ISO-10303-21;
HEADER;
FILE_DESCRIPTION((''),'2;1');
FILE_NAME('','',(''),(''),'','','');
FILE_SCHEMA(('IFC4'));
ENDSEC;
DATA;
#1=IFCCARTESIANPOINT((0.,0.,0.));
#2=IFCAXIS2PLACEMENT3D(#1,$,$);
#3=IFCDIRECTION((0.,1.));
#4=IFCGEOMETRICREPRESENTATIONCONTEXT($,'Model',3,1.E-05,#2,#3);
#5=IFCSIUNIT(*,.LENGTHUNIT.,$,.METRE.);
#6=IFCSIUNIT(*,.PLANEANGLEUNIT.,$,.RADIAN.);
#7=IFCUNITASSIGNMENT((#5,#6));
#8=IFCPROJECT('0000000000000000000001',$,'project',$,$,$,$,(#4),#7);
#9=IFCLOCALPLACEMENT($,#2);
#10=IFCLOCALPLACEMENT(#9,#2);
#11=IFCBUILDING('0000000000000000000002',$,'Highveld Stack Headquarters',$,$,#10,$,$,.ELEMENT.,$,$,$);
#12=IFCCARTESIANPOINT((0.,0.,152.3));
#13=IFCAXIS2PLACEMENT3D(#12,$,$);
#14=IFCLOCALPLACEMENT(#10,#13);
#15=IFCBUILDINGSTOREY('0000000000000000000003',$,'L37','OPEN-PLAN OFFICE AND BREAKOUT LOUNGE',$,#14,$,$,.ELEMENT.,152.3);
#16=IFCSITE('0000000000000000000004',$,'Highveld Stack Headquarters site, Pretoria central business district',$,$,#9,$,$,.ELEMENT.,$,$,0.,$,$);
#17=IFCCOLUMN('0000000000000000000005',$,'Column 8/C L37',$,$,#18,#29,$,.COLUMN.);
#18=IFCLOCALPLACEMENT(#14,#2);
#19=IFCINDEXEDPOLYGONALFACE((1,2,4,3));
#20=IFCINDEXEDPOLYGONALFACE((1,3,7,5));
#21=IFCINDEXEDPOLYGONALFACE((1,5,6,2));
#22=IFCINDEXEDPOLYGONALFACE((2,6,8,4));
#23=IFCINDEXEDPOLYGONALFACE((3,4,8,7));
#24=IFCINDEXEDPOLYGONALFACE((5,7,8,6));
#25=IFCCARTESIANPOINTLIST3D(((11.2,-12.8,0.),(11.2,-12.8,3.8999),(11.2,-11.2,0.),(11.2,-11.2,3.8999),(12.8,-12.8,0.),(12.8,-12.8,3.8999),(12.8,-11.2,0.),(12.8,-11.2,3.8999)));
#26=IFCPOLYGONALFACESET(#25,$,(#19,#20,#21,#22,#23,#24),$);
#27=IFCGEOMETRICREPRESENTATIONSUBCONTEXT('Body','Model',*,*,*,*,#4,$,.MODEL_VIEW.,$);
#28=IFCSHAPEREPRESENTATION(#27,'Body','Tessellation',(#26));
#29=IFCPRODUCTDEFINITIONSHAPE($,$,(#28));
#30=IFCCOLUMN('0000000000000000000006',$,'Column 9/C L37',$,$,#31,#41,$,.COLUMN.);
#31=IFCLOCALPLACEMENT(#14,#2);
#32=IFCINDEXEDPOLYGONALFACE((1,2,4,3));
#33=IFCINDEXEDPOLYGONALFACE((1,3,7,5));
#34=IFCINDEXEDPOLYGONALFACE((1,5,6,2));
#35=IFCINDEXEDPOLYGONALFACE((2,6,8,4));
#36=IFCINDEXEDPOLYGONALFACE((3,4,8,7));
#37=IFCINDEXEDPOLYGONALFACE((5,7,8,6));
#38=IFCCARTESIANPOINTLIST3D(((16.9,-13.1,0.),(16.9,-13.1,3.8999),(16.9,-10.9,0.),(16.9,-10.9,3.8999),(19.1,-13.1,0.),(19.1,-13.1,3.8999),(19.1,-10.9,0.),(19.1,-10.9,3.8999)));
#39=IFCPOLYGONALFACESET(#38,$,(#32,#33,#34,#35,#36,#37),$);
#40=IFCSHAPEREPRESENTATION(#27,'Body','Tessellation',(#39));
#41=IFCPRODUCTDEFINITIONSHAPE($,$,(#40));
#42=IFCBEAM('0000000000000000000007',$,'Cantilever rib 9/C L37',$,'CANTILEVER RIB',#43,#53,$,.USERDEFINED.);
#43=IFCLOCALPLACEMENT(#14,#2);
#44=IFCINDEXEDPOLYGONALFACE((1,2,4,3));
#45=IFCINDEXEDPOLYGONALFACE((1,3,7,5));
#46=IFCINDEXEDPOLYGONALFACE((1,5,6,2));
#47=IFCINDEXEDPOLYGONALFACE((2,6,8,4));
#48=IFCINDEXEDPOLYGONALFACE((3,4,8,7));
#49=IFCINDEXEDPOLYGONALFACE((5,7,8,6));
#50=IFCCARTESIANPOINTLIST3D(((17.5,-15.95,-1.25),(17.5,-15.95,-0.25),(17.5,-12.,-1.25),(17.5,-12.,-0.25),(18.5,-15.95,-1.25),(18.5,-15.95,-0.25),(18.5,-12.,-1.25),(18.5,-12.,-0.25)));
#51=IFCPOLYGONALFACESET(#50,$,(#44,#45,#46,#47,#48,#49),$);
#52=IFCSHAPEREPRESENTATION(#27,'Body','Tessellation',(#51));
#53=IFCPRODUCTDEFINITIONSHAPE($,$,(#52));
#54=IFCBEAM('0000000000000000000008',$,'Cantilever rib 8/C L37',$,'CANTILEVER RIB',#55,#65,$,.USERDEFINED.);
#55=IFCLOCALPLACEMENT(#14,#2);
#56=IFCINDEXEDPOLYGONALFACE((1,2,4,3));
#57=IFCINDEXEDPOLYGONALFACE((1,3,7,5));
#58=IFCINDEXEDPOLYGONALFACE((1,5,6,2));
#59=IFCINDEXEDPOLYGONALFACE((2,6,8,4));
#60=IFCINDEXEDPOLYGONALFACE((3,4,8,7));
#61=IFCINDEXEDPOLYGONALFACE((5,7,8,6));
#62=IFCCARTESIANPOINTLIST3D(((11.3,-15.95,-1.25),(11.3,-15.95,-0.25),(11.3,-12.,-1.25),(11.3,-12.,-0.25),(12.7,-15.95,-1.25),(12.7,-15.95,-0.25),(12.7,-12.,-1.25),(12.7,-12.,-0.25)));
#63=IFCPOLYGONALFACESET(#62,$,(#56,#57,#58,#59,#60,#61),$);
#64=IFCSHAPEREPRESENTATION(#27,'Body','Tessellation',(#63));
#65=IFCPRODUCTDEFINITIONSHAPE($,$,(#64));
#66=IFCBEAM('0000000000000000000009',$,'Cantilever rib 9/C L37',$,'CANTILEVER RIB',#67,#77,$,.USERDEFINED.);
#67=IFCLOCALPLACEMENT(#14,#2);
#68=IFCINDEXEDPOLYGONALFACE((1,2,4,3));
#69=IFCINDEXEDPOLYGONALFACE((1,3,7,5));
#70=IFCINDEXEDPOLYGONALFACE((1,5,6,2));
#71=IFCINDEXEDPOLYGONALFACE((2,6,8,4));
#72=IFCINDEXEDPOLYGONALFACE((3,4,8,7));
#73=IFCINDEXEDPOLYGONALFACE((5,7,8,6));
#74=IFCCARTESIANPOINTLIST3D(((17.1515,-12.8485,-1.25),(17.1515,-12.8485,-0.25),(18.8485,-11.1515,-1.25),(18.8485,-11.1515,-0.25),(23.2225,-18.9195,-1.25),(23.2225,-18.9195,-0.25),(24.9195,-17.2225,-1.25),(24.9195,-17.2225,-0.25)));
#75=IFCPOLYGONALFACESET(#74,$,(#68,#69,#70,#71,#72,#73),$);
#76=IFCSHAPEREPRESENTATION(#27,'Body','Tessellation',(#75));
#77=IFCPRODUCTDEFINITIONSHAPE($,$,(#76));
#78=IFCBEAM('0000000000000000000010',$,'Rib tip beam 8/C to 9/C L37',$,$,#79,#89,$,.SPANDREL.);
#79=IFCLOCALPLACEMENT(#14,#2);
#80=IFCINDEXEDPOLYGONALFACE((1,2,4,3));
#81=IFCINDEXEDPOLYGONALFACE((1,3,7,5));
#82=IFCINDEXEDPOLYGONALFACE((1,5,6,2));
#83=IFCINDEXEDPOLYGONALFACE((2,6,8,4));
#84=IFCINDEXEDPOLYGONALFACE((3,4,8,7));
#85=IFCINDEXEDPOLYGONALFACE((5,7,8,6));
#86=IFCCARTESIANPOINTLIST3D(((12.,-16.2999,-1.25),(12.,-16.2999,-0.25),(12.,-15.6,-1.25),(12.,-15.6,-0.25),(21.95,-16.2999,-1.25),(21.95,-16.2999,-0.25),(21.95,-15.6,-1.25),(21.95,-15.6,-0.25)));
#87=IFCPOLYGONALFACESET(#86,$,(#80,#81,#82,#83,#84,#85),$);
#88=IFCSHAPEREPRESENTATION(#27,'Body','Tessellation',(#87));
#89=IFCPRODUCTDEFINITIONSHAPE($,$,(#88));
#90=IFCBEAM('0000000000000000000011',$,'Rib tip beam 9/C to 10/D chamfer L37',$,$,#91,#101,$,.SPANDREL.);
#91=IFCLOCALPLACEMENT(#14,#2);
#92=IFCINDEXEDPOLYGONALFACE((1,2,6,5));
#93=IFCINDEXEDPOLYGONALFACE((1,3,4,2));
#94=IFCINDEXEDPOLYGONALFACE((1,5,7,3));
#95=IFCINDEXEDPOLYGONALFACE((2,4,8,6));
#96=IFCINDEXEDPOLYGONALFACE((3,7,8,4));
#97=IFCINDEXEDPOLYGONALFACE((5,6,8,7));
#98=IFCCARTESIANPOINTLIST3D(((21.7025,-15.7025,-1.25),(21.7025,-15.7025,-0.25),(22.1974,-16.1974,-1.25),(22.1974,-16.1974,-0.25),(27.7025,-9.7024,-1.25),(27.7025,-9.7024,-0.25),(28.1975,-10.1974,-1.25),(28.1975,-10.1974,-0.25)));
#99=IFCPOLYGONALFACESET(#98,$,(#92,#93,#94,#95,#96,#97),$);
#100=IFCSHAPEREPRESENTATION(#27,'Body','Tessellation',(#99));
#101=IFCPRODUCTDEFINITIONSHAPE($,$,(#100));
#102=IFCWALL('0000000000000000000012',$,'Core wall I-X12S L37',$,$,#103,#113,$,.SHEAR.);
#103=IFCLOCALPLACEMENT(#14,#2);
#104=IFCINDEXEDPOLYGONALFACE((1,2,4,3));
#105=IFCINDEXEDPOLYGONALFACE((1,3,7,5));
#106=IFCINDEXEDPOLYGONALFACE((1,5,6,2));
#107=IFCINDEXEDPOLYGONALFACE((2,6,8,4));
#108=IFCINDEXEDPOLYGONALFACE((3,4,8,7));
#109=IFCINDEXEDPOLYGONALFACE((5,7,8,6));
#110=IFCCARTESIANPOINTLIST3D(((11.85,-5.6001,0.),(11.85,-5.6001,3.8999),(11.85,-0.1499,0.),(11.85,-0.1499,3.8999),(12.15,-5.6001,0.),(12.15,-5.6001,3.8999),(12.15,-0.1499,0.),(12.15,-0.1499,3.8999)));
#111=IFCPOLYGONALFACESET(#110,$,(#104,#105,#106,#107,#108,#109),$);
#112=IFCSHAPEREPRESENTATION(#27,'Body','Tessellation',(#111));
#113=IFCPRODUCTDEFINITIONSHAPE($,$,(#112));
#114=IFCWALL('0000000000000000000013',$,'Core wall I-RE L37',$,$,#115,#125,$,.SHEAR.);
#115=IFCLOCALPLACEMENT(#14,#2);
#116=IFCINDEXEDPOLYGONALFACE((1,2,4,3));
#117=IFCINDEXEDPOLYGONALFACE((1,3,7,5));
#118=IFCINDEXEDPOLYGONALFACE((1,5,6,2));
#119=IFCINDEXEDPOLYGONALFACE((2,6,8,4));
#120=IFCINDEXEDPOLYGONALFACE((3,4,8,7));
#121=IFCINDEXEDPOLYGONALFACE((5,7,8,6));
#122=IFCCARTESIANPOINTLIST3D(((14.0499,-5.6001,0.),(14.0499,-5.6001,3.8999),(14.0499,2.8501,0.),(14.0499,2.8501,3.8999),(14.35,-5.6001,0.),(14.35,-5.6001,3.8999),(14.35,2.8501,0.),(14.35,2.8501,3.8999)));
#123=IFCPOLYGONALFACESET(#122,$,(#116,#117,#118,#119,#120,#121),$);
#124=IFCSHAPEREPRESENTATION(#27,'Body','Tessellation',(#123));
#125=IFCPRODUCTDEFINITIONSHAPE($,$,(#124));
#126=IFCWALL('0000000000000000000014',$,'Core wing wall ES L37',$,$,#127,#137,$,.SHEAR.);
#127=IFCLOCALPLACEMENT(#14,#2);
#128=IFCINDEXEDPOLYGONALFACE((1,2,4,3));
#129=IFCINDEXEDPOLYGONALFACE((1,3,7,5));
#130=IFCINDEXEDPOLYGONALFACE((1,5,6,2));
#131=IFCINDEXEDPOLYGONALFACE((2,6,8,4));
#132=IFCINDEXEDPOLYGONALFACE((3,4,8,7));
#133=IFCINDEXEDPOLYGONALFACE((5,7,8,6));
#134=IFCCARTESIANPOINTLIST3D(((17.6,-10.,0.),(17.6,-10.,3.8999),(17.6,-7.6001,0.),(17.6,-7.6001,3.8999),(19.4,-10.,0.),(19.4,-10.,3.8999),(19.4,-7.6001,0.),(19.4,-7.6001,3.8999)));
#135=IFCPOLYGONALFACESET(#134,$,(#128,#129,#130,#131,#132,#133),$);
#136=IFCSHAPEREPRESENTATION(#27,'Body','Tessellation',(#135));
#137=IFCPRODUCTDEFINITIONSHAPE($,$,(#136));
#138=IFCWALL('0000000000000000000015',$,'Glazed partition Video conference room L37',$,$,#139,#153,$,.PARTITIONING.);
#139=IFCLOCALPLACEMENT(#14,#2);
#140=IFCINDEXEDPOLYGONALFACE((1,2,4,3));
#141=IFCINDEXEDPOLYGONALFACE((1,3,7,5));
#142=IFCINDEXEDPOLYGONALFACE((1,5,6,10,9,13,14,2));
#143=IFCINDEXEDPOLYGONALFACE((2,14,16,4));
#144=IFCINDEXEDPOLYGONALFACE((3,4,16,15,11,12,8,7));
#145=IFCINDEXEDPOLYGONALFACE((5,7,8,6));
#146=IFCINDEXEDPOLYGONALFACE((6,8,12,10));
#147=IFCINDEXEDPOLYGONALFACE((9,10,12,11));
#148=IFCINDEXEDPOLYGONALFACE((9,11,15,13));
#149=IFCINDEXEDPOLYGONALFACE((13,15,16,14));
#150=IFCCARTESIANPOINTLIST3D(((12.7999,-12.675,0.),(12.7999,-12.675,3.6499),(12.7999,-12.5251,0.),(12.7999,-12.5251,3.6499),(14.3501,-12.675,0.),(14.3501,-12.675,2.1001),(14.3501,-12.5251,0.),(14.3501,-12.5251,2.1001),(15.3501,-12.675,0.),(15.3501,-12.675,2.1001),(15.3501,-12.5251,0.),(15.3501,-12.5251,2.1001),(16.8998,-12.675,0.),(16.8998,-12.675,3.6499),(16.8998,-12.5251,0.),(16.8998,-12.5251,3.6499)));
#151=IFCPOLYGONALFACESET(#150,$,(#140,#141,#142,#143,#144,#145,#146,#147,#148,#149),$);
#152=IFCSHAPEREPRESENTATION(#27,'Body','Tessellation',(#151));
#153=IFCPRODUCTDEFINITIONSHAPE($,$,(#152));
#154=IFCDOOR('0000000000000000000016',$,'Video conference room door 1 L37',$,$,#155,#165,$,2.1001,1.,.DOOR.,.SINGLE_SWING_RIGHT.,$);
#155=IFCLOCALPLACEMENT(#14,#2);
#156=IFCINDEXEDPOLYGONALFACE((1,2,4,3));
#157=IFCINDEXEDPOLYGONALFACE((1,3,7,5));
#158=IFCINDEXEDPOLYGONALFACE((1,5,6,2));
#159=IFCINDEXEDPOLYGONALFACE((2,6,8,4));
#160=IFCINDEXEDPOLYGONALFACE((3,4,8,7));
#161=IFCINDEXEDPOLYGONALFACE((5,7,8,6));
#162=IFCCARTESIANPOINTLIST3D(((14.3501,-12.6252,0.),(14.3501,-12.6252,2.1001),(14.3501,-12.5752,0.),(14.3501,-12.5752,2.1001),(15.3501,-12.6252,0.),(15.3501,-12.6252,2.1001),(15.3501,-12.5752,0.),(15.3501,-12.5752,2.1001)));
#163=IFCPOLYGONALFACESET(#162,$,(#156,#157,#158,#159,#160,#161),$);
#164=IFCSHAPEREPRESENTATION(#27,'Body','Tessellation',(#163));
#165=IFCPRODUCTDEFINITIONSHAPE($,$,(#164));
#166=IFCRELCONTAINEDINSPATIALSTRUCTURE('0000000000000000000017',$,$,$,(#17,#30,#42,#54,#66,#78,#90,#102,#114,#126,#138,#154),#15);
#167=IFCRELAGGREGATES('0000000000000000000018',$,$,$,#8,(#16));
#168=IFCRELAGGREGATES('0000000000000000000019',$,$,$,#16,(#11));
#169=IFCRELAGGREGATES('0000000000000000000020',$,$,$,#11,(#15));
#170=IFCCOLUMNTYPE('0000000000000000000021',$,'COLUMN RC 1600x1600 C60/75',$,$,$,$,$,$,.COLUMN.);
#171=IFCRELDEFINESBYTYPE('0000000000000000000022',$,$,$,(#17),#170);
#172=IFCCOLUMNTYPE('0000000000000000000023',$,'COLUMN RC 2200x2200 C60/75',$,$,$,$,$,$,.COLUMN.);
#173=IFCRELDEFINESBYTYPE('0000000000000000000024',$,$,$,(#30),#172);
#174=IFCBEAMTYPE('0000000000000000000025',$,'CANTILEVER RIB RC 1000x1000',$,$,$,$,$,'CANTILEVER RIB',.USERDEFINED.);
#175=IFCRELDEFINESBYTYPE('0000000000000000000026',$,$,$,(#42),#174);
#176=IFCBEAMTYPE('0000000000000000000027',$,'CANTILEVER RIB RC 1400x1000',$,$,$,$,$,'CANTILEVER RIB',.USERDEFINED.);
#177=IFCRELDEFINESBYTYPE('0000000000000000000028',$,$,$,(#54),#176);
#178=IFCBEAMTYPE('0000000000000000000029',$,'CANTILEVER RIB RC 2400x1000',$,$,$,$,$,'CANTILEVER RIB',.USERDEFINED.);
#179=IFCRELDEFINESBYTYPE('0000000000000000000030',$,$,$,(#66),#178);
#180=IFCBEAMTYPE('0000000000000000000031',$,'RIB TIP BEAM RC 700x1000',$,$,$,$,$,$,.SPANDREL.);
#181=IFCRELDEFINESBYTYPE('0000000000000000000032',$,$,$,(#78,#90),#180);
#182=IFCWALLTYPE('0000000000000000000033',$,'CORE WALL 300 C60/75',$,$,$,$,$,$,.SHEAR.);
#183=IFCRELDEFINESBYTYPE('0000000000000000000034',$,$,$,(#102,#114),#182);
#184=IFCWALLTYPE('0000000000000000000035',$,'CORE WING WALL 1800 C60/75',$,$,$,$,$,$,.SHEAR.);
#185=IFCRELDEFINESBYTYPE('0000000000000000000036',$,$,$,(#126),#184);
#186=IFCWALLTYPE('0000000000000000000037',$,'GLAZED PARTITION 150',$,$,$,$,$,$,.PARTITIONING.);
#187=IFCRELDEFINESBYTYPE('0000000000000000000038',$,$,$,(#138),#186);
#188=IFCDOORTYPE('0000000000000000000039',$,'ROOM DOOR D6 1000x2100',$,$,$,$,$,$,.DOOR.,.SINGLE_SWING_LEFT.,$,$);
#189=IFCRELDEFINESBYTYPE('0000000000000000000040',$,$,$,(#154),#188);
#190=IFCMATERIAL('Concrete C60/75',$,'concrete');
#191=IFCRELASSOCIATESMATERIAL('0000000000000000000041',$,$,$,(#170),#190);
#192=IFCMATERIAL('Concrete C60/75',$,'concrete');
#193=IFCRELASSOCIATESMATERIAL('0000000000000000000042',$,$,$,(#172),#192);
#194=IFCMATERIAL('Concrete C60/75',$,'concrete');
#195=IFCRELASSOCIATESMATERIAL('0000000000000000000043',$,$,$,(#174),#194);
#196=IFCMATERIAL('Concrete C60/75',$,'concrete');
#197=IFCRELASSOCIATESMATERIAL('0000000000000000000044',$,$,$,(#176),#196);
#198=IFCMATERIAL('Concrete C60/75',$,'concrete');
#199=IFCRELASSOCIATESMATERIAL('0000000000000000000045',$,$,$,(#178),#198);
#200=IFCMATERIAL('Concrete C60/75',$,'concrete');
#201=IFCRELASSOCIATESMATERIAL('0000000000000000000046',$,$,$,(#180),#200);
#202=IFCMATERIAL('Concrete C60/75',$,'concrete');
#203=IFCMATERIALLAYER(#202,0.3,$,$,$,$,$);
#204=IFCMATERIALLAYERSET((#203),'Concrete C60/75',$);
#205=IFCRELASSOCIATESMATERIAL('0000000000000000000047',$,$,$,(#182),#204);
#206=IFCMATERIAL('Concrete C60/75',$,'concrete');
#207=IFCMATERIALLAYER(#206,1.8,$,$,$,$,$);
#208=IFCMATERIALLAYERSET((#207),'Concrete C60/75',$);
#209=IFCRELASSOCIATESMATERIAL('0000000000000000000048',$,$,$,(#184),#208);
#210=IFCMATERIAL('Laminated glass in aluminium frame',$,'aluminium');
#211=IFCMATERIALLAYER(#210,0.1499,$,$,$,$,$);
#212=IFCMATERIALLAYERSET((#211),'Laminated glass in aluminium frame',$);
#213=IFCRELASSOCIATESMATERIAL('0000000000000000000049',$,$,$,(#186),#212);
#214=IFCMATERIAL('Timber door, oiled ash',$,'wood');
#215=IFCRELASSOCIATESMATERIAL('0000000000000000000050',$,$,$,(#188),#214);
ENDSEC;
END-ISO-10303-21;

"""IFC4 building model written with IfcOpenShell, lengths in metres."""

from ifc_helpers import new_model, si_unit, direction, frame, frame_2d, origin, origin_2d, place, context, subcontext, project, spatial, rectangle, extrude, material, layer, layer_set, material_profile, profile_set, type_object, element, fill, save


model = new_model("IFC4")

# Units and contexts
model_context = context("Model", 3, precision=1e-05, world=origin(), true_north=direction((0.0, 1.0)))
body_context = subcontext(model_context, "Body", "Model", "MODEL_VIEW")
ifc_project = project(units=[si_unit("LENGTHUNIT", "METRE"), si_unit("PLANEANGLEUNIT", "RADIAN")], contexts=[model_context])

# Site, building, storey
site_placement = place(None, origin())
site = spatial("IfcSite", under=ifc_project, at=site_placement, Name="Highveld Stack Headquarters site, Pretoria central business district", CompositionType="ELEMENT", RefElevation=0.0)
building_placement = place(site_placement, origin())
building = spatial("IfcBuilding", under=site, at=building_placement, Name="Highveld Stack Headquarters", CompositionType="ELEMENT")
storey_placement = place(building_placement, frame((0.0, 0.0, 152.3)))
storey = spatial("IfcBuildingStorey", under=building, at=storey_placement, Name="L37", Description="OPEN-PLAN OFFICE AND BREAKOUT LOUNGE", CompositionType="ELEMENT", Elevation=152.3)

# Columns
ifc_material_1 = material(Name="Concrete C60/75", Category="concrete")
ifc_material_profile_1 = material_profile(ifc_material_1, rectangle(XDim=1.6001, YDim=1.6001, at=origin_2d()), Name="RC 1600x1600")
ifc_profile_set_1 = profile_set([ifc_material_profile_1], Name="Concrete C60/75")
column_type_1 = type_object("IfcColumnType", Name="COLUMN RC 1600x1600 C60/75", PredefinedType="COLUMN", material=ifc_profile_set_1)
column_1_placement = place(storey_placement, frame((12.0, -12.0, 0.0), z_axis=(0.0, 0.0, 1.0), x_axis=(1.0, 0.0, 0.0)))
element("IfcColumn", 1, at=column_1_placement, inside=storey, type_object=column_type_1, Name="Column 8/C L37", PredefinedType="COLUMN", context=body_context, shape_type="SweptSolid", body=[
    extrude(rectangle(XDim=1.6001, YDim=1.6001, at=origin_2d()), origin(), (0.0, 0.0, 1.0), 3.8999),
])
ifc_material_2 = material(Name="Concrete C60/75", Category="concrete")
ifc_material_profile_2 = material_profile(ifc_material_2, rectangle(XDim=2.2, YDim=2.2, at=origin_2d()), Name="RC 2200x2200")
ifc_profile_set_2 = profile_set([ifc_material_profile_2], Name="Concrete C60/75")
column_type_2 = type_object("IfcColumnType", Name="COLUMN RC 2200x2200 C60/75", PredefinedType="COLUMN", material=ifc_profile_set_2)
column_2_placement = place(storey_placement, frame((18.0, -12.0, 0.0), z_axis=(0.0, 0.0, 1.0), x_axis=(1.0, 0.0, 0.0)))
element("IfcColumn", 2, at=column_2_placement, inside=storey, type_object=column_type_2, Name="Column 9/C L37", PredefinedType="COLUMN", context=body_context, shape_type="SweptSolid", body=[
    extrude(rectangle(XDim=2.2, YDim=2.2, at=origin_2d()), origin(), (0.0, 0.0, 1.0), 3.8999),
])

# Beams
ifc_material_3 = material(Name="Concrete C60/75", Category="concrete")
ifc_material_profile_3 = material_profile(ifc_material_3, rectangle(XDim=1.0, YDim=1.0, at=origin_2d()), Name="RC 1000x1000")
ifc_profile_set_3 = profile_set([ifc_material_profile_3], Name="Concrete C60/75")
beam_type_1 = type_object("IfcBeamType", Name="CANTILEVER RIB RC 1000x1000", ElementType="CANTILEVER RIB", PredefinedType="USERDEFINED", material=ifc_profile_set_3)
beam_1_placement = place(storey_placement, frame((18.0, -12.0, -0.75), z_axis=(0.0, -1.0, 0.0), x_axis=(1.0, 0.0, 0.0)))
element("IfcBeam", 3, at=beam_1_placement, inside=storey, type_object=beam_type_1, Name="Cantilever rib 9/C L37", ObjectType="CANTILEVER RIB", PredefinedType="USERDEFINED", context=body_context, shape_type="SweptSolid", body=[
    extrude(rectangle(XDim=1.0, YDim=1.0, at=origin_2d()), origin(), (0.0, 0.0, 1.0), 3.95),
])
ifc_material_4 = material(Name="Concrete C60/75", Category="concrete")
ifc_material_profile_4 = material_profile(ifc_material_4, rectangle(XDim=1.3999, YDim=1.0, at=origin_2d()), Name="RC 1400x1000")
ifc_profile_set_4 = profile_set([ifc_material_profile_4], Name="Concrete C60/75")
beam_type_2 = type_object("IfcBeamType", Name="CANTILEVER RIB RC 1400x1000", ElementType="CANTILEVER RIB", PredefinedType="USERDEFINED", material=ifc_profile_set_4)
beam_2_placement = place(storey_placement, frame((12.0, -12.0, -0.75), z_axis=(0.0, -1.0, 0.0), x_axis=(1.0, 0.0, 0.0)))
element("IfcBeam", 4, at=beam_2_placement, inside=storey, type_object=beam_type_2, Name="Cantilever rib 8/C L37", ObjectType="CANTILEVER RIB", PredefinedType="USERDEFINED", context=body_context, shape_type="SweptSolid", body=[
    extrude(rectangle(XDim=1.3999, YDim=1.0, at=origin_2d()), origin(), (0.0, 0.0, 1.0), 3.95),
])
ifc_material_5 = material(Name="Concrete C60/75", Category="concrete")
ifc_material_profile_5 = material_profile(ifc_material_5, rectangle(XDim=2.3999, YDim=1.0, at=origin_2d()), Name="RC 2400x1000")
ifc_profile_set_5 = profile_set([ifc_material_profile_5], Name="Concrete C60/75")
beam_type_3 = type_object("IfcBeamType", Name="CANTILEVER RIB RC 2400x1000", ElementType="CANTILEVER RIB", PredefinedType="USERDEFINED", material=ifc_profile_set_5)
beam_3_placement = place(storey_placement, frame((18.0, -12.0, -0.75), z_axis=(0.707107, -0.707107, 0.0), x_axis=(0.707107, 0.707107, 0.0)))
element("IfcBeam", 5, at=beam_3_placement, inside=storey, type_object=beam_type_3, Name="Cantilever rib 9/C L37", ObjectType="CANTILEVER RIB", PredefinedType="USERDEFINED", context=body_context, shape_type="SweptSolid", body=[
    extrude(rectangle(XDim=2.3999, YDim=1.0, at=origin_2d()), origin(), (0.0, 0.0, 1.0), 8.5857),
])
ifc_material_6 = material(Name="Concrete C60/75", Category="concrete")
ifc_material_profile_6 = material_profile(ifc_material_6, rectangle(XDim=0.7, YDim=1.0, at=origin_2d()), Name="RC 700x1000")
ifc_profile_set_6 = profile_set([ifc_material_profile_6], Name="Concrete C60/75")
beam_type_4 = type_object("IfcBeamType", Name="RIB TIP BEAM RC 700x1000", PredefinedType="SPANDREL", material=ifc_profile_set_6)
beam_4_placement = place(storey_placement, frame((12.0, -15.95, -0.75), z_axis=(1.0, 0.0, 0.0), x_axis=(0.0, 1.0, 0.0)))
element("IfcBeam", 6, at=beam_4_placement, inside=storey, type_object=beam_type_4, Name="Rib tip beam 8/C to 9/C L37", PredefinedType="SPANDREL", context=body_context, shape_type="SweptSolid", body=[
    extrude(rectangle(XDim=0.7, YDim=1.0, at=origin_2d()), origin(), (0.0, 0.0, 1.0), 9.95),
])
beam_5_placement = place(storey_placement, frame((21.95, -15.95, -0.75), z_axis=(0.707107, 0.707107, 0.0), x_axis=(-0.707107, 0.707107, 0.0)))
element("IfcBeam", 7, at=beam_5_placement, inside=storey, type_object=beam_type_4, Name="Rib tip beam 9/C to 10/D chamfer L37", PredefinedType="SPANDREL", context=body_context, shape_type="SweptSolid", body=[
    extrude(rectangle(XDim=0.7, YDim=1.0, at=origin_2d()), origin(), (0.0, 0.0, 1.0), 8.4854),
])

# Walls
ifc_material_7 = material(Name="Concrete C60/75", Category="concrete")
ifc_layer_1 = layer(ifc_material_7, 0.3)
ifc_layer_set_1 = layer_set([ifc_layer_1], Name="Concrete C60/75")
wall_type_1 = type_object("IfcWallType", Name="CORE WALL 300 C60/75", PredefinedType="SHEAR", material=ifc_layer_set_1)
wall_1_placement = place(storey_placement, frame((12.0, -5.6001, 0.0), z_axis=(0.0, 0.0, 1.0), x_axis=(0.0, 1.0, 0.0)))
element("IfcWall", 8, at=wall_1_placement, inside=storey, type_object=wall_type_1, Name="Core wall I-X12S L37", PredefinedType="SHEAR", context=body_context, shape_type="SweptSolid", body=[
    extrude(rectangle(XDim=5.4502, YDim=0.3, at=frame_2d((2.7251, 0.0))), origin(), (0.0, 0.0, 1.0), 3.8999),
])
wall_2_placement = place(storey_placement, frame((14.2, -5.6001, 0.0), z_axis=(0.0, 0.0, 1.0), x_axis=(0.0, 1.0, 0.0)))
element("IfcWall", 9, at=wall_2_placement, inside=storey, type_object=wall_type_1, Name="Core wall I-RE L37", PredefinedType="SHEAR", context=body_context, shape_type="SweptSolid", body=[
    extrude(rectangle(XDim=8.4502, YDim=0.3, at=frame_2d((4.2251, 0.0))), origin(), (0.0, 0.0, 1.0), 3.8999),
])
ifc_material_8 = material(Name="Concrete C60/75", Category="concrete")
ifc_layer_2 = layer(ifc_material_8, 1.8)
ifc_layer_set_2 = layer_set([ifc_layer_2], Name="Concrete C60/75")
wall_type_2 = type_object("IfcWallType", Name="CORE WING WALL 1800 C60/75", PredefinedType="SHEAR", material=ifc_layer_set_2)
wall_3_placement = place(storey_placement, frame((18.5, -10.0, 0.0), z_axis=(0.0, 0.0, 1.0), x_axis=(0.0, 1.0, 0.0)))
element("IfcWall", 10, at=wall_3_placement, inside=storey, type_object=wall_type_2, Name="Core wing wall ES L37", PredefinedType="SHEAR", context=body_context, shape_type="SweptSolid", body=[
    extrude(rectangle(XDim=2.3999, YDim=1.8, at=frame_2d((1.2, 0.0))), origin(), (0.0, 0.0, 1.0), 3.8999),
])

# Wall, opening, door
ifc_material_9 = material(Name="Laminated glass in aluminium frame", Category="aluminium")
ifc_layer_3 = layer(ifc_material_9, 0.1499)
ifc_layer_set_3 = layer_set([ifc_layer_3], Name="Laminated glass in aluminium frame")
wall_type_3 = type_object("IfcWallType", Name="GLAZED PARTITION 150", PredefinedType="PARTITIONING", material=ifc_layer_set_3)
wall_4_placement = place(storey_placement, frame((12.8, -12.6001, 0.0), z_axis=(0.0, 0.0, 1.0), x_axis=(1.0, 0.0, 0.0)))
wall_4 = element("IfcWall", 11, at=wall_4_placement, inside=storey, type_object=wall_type_3, Name="Glazed partition Video conference room L37", PredefinedType="PARTITIONING", context=body_context, shape_type="SweptSolid", body=[
    extrude(rectangle(XDim=4.0999, YDim=0.1499, at=frame_2d((2.0498, 0.0))), origin(), (0.0, 0.0, 1.0), 3.6499),
])
opening_1_placement = place(wall_4_placement, frame((1.55, 0.0, 0.0)))
opening_1 = element("IfcOpeningElement", 12, at=opening_1_placement, cuts=wall_4, PredefinedType="OPENING", context=body_context, shape_type="SweptSolid", body=[
    extrude(rectangle(XDim=1.0, YDim=2.1001, at=frame_2d((0.5, 1.05))), frame((0.0, 0.085, 0.0), z_axis=(0.0, -1.0, 0.0), x_axis=(1.0, 0.0, 0.0)), (0.0, 0.0, 1.0), 0.1699),
])
ifc_material_10 = material(Name="Timber door, oiled ash", Category="wood")
door_type_1 = type_object("IfcDoorType", Name="ROOM DOOR D6 1000x2100", OperationType="SINGLE_SWING_LEFT", PredefinedType="DOOR", material=ifc_material_10)
door_1_placement = place(opening_1_placement, origin())
door_1 = element("IfcDoor", 13, at=door_1_placement, inside=storey, type_object=door_type_1, Name="Video conference room door 1 L37", OperationType="SINGLE_SWING_RIGHT", OverallHeight=2.1001, OverallWidth=1.0, PredefinedType="DOOR", context=body_context, shape_type="SweptSolid", body=[
    extrude(rectangle(XDim=1.0, YDim=2.1001, at=frame_2d((0.5, 1.05))), frame((0.0, 0.0249, 0.0), z_axis=(0.0, -1.0, 0.0), x_axis=(1.0, 0.0, 0.0)), (0.0, 0.0, 1.0), 0.05),
])
fill(opening_1, door_1)

save(model, "model.ifc")
